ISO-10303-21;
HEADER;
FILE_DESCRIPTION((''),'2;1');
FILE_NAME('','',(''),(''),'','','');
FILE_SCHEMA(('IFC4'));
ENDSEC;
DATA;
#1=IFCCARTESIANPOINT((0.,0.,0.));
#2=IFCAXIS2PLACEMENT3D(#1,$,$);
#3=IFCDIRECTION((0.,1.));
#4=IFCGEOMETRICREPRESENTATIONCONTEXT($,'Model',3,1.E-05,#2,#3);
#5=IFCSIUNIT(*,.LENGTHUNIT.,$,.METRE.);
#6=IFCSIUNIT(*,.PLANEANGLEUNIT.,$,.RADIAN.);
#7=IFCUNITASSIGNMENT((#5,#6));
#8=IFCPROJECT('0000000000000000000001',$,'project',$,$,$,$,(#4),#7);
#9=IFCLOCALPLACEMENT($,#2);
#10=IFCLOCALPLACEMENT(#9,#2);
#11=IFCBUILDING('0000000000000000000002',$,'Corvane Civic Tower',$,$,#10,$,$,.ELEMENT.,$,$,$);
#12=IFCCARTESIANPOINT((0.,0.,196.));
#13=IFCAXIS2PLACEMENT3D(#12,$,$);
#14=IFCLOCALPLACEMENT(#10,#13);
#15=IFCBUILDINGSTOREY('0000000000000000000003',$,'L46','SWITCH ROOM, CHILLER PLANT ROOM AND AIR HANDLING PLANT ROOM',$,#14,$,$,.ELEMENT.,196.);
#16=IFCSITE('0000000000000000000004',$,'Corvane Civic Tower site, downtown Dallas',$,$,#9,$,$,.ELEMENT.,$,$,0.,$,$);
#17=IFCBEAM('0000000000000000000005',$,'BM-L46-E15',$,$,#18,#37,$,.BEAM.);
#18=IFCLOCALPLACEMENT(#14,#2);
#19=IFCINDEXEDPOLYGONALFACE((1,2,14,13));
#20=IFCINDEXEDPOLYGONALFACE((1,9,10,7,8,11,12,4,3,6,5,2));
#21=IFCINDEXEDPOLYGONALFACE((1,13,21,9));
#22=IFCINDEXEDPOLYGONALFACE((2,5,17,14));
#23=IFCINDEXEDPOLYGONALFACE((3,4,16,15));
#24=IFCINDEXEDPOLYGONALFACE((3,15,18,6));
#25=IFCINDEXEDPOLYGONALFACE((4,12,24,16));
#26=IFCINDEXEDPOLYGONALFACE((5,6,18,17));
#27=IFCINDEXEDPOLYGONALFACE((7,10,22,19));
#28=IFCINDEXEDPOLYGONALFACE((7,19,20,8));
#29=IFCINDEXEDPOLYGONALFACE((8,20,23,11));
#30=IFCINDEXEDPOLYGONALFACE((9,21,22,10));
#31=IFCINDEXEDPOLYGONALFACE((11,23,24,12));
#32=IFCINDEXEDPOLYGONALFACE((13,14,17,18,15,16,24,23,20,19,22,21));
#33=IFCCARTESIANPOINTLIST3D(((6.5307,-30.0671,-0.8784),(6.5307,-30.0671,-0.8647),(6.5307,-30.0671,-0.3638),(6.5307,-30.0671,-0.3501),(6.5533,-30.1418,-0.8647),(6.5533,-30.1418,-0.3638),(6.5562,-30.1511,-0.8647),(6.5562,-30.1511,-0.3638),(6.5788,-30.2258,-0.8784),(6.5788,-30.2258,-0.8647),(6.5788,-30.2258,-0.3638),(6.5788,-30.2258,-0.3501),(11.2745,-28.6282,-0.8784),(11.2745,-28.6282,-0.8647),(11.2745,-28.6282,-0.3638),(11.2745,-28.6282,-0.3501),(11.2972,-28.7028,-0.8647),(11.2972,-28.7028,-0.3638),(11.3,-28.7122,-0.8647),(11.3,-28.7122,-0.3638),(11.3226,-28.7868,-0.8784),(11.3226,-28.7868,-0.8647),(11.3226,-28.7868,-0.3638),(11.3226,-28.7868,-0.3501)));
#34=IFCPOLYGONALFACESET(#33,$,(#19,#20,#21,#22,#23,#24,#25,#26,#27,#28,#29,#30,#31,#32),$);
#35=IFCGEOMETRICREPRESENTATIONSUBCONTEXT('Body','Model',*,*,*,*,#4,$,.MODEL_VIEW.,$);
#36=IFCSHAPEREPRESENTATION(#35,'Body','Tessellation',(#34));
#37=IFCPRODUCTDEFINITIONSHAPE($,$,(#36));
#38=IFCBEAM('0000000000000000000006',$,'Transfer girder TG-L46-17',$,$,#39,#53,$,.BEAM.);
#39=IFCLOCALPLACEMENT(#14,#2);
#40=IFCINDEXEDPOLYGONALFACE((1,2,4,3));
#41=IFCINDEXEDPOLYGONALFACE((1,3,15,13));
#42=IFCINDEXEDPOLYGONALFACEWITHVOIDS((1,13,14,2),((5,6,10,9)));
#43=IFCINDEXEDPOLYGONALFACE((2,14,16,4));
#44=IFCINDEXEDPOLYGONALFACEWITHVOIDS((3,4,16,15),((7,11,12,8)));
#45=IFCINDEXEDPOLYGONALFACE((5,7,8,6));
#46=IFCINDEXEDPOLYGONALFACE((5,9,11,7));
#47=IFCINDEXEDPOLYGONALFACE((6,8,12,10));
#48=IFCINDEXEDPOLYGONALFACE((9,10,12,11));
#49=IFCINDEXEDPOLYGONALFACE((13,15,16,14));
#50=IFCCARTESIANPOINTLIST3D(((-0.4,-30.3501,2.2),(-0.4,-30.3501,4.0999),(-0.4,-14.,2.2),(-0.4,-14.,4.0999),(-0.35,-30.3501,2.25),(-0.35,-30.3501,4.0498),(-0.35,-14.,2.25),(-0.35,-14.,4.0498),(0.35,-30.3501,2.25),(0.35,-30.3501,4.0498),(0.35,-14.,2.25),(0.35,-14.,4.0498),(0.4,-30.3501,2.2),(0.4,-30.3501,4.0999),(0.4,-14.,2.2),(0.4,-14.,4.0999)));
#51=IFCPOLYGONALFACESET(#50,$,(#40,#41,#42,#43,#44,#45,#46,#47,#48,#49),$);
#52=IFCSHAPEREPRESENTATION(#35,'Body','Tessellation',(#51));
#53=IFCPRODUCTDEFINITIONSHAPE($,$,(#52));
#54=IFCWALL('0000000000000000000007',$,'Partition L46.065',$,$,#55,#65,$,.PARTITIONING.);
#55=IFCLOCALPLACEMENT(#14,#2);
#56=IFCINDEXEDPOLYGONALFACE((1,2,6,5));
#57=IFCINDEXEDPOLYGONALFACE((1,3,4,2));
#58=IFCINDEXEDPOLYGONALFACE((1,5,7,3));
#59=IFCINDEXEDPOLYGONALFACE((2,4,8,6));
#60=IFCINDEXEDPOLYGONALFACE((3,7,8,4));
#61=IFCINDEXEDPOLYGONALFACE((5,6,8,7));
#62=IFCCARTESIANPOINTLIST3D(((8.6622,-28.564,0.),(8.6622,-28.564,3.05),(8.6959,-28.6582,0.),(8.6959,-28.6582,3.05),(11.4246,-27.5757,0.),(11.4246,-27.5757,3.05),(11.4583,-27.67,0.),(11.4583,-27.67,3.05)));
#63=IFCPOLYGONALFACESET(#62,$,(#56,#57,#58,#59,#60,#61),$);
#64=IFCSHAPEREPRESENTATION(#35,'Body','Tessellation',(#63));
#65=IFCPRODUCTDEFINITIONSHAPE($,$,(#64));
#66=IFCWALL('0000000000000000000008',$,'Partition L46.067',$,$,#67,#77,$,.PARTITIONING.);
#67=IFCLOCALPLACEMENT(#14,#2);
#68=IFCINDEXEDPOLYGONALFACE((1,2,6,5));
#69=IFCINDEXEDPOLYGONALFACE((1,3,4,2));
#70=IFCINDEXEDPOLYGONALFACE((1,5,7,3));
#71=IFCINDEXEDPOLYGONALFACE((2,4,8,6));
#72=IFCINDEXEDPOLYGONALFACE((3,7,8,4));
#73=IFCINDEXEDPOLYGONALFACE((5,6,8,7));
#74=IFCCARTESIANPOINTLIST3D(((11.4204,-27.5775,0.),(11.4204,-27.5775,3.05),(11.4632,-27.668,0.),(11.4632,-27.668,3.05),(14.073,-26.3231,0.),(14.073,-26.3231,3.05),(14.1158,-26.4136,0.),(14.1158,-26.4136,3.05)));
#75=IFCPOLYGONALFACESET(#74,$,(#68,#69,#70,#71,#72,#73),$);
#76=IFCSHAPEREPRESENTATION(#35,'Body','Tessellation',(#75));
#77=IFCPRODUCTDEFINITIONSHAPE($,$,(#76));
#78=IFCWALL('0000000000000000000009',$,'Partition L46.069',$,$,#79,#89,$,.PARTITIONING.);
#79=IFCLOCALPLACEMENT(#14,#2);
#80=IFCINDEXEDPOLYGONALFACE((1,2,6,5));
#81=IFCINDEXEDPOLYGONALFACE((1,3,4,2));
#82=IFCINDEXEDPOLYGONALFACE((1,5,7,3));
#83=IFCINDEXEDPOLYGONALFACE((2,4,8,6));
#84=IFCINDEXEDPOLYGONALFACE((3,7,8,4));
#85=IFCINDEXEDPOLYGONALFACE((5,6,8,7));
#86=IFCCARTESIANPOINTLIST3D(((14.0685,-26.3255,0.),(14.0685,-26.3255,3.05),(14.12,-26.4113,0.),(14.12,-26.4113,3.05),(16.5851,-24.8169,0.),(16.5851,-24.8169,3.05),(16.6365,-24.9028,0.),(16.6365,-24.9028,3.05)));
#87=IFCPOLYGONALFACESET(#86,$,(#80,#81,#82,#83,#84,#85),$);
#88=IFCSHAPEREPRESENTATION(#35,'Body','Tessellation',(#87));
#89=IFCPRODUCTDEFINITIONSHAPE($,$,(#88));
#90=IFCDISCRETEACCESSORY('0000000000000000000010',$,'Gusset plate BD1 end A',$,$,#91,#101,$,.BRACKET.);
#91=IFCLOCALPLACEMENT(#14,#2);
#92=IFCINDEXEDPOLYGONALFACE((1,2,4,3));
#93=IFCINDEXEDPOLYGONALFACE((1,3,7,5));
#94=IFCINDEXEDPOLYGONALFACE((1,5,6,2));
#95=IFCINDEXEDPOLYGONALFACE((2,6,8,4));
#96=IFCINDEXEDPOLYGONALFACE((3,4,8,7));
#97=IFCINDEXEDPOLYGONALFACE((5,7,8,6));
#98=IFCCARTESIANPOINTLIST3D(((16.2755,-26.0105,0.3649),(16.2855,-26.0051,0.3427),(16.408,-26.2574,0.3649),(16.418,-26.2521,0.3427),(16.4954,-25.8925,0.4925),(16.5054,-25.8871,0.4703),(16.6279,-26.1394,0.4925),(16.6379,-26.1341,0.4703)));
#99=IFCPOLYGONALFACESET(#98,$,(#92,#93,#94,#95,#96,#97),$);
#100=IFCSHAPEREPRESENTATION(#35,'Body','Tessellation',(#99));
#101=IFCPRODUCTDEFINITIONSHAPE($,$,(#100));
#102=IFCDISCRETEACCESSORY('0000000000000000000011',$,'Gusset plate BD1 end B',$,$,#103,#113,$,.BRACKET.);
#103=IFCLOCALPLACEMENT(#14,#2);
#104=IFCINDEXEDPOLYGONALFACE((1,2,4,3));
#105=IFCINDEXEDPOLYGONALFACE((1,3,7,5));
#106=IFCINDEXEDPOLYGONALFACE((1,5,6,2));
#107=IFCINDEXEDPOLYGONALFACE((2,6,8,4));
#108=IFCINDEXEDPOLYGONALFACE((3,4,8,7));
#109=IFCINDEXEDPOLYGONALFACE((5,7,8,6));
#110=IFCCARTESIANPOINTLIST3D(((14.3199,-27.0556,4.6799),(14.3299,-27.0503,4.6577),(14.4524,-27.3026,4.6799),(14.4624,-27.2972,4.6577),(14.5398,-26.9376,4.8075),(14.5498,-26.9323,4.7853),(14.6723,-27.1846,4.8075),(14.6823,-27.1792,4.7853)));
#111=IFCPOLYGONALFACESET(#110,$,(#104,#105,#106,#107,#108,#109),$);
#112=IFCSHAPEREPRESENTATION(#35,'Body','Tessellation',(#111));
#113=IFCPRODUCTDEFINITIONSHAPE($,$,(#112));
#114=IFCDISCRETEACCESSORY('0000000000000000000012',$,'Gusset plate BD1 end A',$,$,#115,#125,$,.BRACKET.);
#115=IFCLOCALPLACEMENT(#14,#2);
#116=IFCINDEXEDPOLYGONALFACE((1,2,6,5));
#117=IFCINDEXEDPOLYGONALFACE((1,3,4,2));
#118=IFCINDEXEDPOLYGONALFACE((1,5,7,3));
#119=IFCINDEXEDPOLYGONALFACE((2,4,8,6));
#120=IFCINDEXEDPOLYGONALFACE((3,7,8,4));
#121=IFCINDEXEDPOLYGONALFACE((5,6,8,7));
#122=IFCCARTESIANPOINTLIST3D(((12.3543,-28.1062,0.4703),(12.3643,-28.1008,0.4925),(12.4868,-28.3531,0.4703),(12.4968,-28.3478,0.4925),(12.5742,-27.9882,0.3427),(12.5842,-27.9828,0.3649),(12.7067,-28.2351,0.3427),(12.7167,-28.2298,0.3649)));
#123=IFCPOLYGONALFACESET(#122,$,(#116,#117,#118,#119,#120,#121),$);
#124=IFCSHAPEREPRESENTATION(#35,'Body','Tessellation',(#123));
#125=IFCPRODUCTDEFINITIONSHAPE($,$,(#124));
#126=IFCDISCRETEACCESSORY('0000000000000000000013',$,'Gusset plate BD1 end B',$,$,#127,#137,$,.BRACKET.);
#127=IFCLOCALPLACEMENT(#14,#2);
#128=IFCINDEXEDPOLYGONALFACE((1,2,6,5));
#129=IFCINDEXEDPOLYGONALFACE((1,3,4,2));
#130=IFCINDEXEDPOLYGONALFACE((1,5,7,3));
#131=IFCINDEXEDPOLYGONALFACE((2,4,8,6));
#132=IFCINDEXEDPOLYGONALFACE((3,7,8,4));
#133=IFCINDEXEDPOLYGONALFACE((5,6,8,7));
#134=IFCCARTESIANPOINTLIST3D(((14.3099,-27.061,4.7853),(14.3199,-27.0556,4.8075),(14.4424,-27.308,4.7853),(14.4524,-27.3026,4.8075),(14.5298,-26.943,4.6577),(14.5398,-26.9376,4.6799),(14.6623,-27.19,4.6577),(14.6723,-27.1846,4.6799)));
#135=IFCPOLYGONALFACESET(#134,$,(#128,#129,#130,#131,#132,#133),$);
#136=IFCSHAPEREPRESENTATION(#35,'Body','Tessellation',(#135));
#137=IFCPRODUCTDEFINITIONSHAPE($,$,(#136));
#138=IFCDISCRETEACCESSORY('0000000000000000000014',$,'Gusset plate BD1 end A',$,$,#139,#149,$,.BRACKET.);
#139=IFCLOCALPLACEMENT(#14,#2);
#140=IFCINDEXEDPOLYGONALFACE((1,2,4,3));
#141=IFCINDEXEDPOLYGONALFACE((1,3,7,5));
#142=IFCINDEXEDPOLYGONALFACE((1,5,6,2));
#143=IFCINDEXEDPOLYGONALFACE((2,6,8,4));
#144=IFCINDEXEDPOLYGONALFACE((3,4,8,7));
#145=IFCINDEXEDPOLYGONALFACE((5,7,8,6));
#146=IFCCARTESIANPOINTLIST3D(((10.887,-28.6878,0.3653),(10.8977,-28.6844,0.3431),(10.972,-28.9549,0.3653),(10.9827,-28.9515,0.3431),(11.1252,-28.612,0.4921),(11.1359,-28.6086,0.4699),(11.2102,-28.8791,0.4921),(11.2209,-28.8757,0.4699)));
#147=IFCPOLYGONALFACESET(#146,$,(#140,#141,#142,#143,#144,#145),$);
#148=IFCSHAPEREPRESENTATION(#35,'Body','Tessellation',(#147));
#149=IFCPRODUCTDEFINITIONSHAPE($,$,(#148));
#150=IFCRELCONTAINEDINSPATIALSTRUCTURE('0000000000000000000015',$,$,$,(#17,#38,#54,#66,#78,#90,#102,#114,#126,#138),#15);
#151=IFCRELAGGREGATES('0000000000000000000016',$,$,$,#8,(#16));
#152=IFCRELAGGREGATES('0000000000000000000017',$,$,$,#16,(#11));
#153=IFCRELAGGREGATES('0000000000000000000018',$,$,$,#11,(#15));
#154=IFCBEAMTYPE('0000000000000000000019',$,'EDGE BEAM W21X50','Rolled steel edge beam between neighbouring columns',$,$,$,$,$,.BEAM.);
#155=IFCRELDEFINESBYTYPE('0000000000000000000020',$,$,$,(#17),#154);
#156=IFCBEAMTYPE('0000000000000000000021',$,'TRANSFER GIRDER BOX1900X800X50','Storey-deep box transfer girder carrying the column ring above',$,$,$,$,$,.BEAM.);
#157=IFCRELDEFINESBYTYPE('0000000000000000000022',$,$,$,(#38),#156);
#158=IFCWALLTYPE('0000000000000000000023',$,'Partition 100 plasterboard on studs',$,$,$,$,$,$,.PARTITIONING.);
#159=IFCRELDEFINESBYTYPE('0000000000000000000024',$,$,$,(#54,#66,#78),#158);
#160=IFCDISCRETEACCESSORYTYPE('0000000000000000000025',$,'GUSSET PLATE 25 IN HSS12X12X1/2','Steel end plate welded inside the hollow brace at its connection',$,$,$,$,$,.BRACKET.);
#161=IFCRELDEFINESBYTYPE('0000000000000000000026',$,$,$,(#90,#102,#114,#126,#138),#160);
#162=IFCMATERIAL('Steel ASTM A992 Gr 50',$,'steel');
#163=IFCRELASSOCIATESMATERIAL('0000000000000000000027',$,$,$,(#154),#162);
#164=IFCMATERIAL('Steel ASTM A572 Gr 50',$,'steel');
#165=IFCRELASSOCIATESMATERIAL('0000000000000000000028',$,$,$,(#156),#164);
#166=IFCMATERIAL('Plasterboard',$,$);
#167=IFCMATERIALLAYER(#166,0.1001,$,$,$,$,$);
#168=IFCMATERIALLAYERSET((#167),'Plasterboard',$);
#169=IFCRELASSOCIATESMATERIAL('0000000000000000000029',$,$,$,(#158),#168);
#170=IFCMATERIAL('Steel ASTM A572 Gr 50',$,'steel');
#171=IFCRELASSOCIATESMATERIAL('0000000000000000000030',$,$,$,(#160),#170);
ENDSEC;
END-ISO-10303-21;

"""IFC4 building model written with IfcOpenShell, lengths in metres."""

from ifc_helpers import new_model, si_unit, direction, frame, frame_2d, origin, origin_2d, place, context, subcontext, project, spatial, rectangle, hollow_rectangle, i_section, extrude, material, layer, layer_set, material_profile, profile_set, type_object, element, save


model = new_model("IFC4")

# Units and contexts
model_context = context("Model", 3, precision=1e-05, world=origin(), true_north=direction((0.0, 1.0)))
body_context = subcontext(model_context, "Body", "Model", "MODEL_VIEW")
ifc_project = project(units=[si_unit("LENGTHUNIT", "METRE"), si_unit("PLANEANGLEUNIT", "RADIAN")], contexts=[model_context])

# Site, building, storey
site_placement = place(None, origin())
site = spatial("IfcSite", under=ifc_project, at=site_placement, Name="Corvane Civic Tower site, downtown Dallas", CompositionType="ELEMENT", RefElevation=0.0)
building_placement = place(site_placement, origin())
building = spatial("IfcBuilding", under=site, at=building_placement, Name="Corvane Civic Tower", CompositionType="ELEMENT")
storey_placement = place(building_placement, frame((0.0, 0.0, 196.0)))
storey = spatial("IfcBuildingStorey", under=building, at=storey_placement, Name="L46", Description="SWITCH ROOM, CHILLER PLANT ROOM AND AIR HANDLING PLANT ROOM", CompositionType="ELEMENT", Elevation=196.0)

# Beams
ifc_material_1 = material(Name="Steel ASTM A992 Gr 50", Category="steel")
ifc_material_profile_1 = material_profile(ifc_material_1, i_section(OverallWidth=0.1658, OverallDepth=0.5283, WebThickness=0.0098, FlangeThickness=0.0137, at=origin_2d()), Name="W21X50")
ifc_profile_set_1 = profile_set([ifc_material_profile_1], Name="Steel ASTM A992 Gr 50")
beam_type_1 = type_object("IfcBeamType", Name="EDGE BEAM W21X50", Description="Rolled steel edge beam between neighbouring columns", PredefinedType="BEAM", material=ifc_profile_set_1)
beam_1_placement = place(storey_placement, frame((11.2986, -28.7075, -0.6143), z_axis=(-0.956945, -0.29027, 0.0), x_axis=(0.29027, -0.956945, 0.0)))
element("IfcBeam", 1, at=beam_1_placement, inside=storey, type_object=beam_type_1, Name="BM-L46-E15", PredefinedType="BEAM", context=body_context, shape_type="SweptSolid", body=[
    extrude(i_section(OverallWidth=0.1658, OverallDepth=0.5283, WebThickness=0.0098, FlangeThickness=0.0137, at=origin_2d()), origin(), (0.0, 0.0, 1.0), 4.9573),
])
ifc_material_2 = material(Name="Steel ASTM A572 Gr 50", Category="steel")
ifc_material_profile_2 = material_profile(ifc_material_2, hollow_rectangle(XDim=0.8, YDim=1.8999, WallThickness=0.05, at=origin_2d()), Name="BOX1900X800X50")
ifc_profile_set_2 = profile_set([ifc_material_profile_2], Name="Steel ASTM A572 Gr 50")
beam_type_2 = type_object("IfcBeamType", Name="TRANSFER GIRDER BOX1900X800X50", Description="Storey-deep box transfer girder carrying the column ring above", PredefinedType="BEAM", material=ifc_profile_set_2)
beam_2_placement = place(storey_placement, frame((0.0, -14.0, 3.1499), z_axis=(0.0, -1.0, 0.0), x_axis=(1.0, 0.0, 0.0)))
element("IfcBeam", 2, at=beam_2_placement, inside=storey, type_object=beam_type_2, Name="Transfer girder TG-L46-17", PredefinedType="BEAM", context=body_context, shape_type="SweptSolid", body=[
    extrude(hollow_rectangle(XDim=0.8, YDim=1.8999, WallThickness=0.05, at=origin_2d()), origin(), (0.0, 0.0, 1.0), 16.3501),
])

# Walls
ifc_material_3 = material(Name="Plasterboard")
ifc_layer = layer(ifc_material_3, 0.1001)
ifc_layer_set = layer_set([ifc_layer], Name="Plasterboard")
wall_type = type_object("IfcWallType", Name="Partition 100 plasterboard on studs", PredefinedType="PARTITIONING", material=ifc_layer_set)
wall_1_placement = place(storey_placement, frame((8.6792, -28.6111, 0.0), z_axis=(0.0, 0.0, 1.0), x_axis=(0.941559, 0.336848, 0.0)))
element("IfcWall", 3, at=wall_1_placement, inside=storey, type_object=wall_type, Name="Partition L46.065", PredefinedType="PARTITIONING", context=body_context, shape_type="SweptSolid", body=[
    extrude(rectangle(XDim=2.9338, YDim=0.1001, at=frame_2d((1.4668, 0.0))), origin(), (0.0, 0.0, 1.0), 3.05),
])
wall_2_placement = place(storey_placement, frame((11.4417, -27.6228, 0.0), z_axis=(0.0, 0.0, 1.0), x_axis=(0.904014, 0.427503, 0.0)))
element("IfcWall", 4, at=wall_2_placement, inside=storey, type_object=wall_type, Name="Partition L46.067", PredefinedType="PARTITIONING", context=body_context, shape_type="SweptSolid", body=[
    extrude(rectangle(XDim=2.9343, YDim=0.1001, at=frame_2d((1.4673, 0.0))), origin(), (0.0, 0.0, 1.0), 3.05),
])
wall_3_placement = place(storey_placement, frame((14.0942, -26.3684, 0.0), z_axis=(0.0, 0.0, 1.0), x_axis=(0.857706, 0.514141, 0.0)))
element("IfcWall", 5, at=wall_3_placement, inside=storey, type_object=wall_type, Name="Partition L46.069", PredefinedType="PARTITIONING", context=body_context, shape_type="SweptSolid", body=[
    extrude(rectangle(XDim=2.9341, YDim=0.1001, at=frame_2d((1.467, 0.0))), origin(), (0.0, 0.0, 1.0), 3.05),
])

# Discrete accessories
ifc_material_4 = material(Name="Steel ASTM A572 Gr 50", Category="steel")
ifc_material_profile_3 = material_profile(ifc_material_4, rectangle(XDim=0.2803, YDim=0.2803, at=origin_2d()), Name="GUSSET PLATE 25 IN HSS12X12X1/2")
ifc_profile_set_3 = profile_set([ifc_material_profile_3], Name="Steel ASTM A572 Gr 50")
discrete_accessory_type = type_object("IfcDiscreteAccessoryType", Name="GUSSET PLATE 25 IN HSS12X12X1/2", Description="Steel end plate welded inside the hollow brace at its connection", PredefinedType="BRACKET", material=ifc_profile_set_3)
for number, where, z_axis, x_axis, name in (
    (6, (16.4617, -26.0696, 0.4065), (-0.401152, -0.215252, 0.890362), (0.472818, -0.88116, 0.0), "Gusset plate BD1 end A"),
    (7, (14.4961, -27.1201, 4.7437), (0.401152, 0.215252, -0.890362), (-0.472818, 0.88116, 0.0), "Gusset plate BD1 end B"),
    (8, (12.5305, -28.1707, 0.4065), (0.401152, 0.215252, 0.890362), (-0.472818, 0.88116, 0.0), "Gusset plate BD1 end A"),
    (9, (14.4961, -27.1201, 4.7437), (-0.401152, -0.215252, -0.890362), (0.472818, -0.88116, 0.0), "Gusset plate BD1 end B"),
    (10, (11.0593, -28.78, 0.4065), (-0.431186, -0.137196, 0.891771), (0.303204, -0.952926, 0.0), "Gusset plate BD1 end A"),
):
    element("IfcDiscreteAccessory", number, at=place(storey_placement, frame(where, z_axis=z_axis, x_axis=x_axis)), inside=storey, type_object=discrete_accessory_type, Name=name, PredefinedType="BRACKET", context=body_context, shape_type="SweptSolid", body=[
        extrude(rectangle(XDim=0.2803, YDim=0.2803, at=origin_2d()), origin(), (0.0, 0.0, 1.0), 0.0249),
    ])

save(model, "model.ifc")
